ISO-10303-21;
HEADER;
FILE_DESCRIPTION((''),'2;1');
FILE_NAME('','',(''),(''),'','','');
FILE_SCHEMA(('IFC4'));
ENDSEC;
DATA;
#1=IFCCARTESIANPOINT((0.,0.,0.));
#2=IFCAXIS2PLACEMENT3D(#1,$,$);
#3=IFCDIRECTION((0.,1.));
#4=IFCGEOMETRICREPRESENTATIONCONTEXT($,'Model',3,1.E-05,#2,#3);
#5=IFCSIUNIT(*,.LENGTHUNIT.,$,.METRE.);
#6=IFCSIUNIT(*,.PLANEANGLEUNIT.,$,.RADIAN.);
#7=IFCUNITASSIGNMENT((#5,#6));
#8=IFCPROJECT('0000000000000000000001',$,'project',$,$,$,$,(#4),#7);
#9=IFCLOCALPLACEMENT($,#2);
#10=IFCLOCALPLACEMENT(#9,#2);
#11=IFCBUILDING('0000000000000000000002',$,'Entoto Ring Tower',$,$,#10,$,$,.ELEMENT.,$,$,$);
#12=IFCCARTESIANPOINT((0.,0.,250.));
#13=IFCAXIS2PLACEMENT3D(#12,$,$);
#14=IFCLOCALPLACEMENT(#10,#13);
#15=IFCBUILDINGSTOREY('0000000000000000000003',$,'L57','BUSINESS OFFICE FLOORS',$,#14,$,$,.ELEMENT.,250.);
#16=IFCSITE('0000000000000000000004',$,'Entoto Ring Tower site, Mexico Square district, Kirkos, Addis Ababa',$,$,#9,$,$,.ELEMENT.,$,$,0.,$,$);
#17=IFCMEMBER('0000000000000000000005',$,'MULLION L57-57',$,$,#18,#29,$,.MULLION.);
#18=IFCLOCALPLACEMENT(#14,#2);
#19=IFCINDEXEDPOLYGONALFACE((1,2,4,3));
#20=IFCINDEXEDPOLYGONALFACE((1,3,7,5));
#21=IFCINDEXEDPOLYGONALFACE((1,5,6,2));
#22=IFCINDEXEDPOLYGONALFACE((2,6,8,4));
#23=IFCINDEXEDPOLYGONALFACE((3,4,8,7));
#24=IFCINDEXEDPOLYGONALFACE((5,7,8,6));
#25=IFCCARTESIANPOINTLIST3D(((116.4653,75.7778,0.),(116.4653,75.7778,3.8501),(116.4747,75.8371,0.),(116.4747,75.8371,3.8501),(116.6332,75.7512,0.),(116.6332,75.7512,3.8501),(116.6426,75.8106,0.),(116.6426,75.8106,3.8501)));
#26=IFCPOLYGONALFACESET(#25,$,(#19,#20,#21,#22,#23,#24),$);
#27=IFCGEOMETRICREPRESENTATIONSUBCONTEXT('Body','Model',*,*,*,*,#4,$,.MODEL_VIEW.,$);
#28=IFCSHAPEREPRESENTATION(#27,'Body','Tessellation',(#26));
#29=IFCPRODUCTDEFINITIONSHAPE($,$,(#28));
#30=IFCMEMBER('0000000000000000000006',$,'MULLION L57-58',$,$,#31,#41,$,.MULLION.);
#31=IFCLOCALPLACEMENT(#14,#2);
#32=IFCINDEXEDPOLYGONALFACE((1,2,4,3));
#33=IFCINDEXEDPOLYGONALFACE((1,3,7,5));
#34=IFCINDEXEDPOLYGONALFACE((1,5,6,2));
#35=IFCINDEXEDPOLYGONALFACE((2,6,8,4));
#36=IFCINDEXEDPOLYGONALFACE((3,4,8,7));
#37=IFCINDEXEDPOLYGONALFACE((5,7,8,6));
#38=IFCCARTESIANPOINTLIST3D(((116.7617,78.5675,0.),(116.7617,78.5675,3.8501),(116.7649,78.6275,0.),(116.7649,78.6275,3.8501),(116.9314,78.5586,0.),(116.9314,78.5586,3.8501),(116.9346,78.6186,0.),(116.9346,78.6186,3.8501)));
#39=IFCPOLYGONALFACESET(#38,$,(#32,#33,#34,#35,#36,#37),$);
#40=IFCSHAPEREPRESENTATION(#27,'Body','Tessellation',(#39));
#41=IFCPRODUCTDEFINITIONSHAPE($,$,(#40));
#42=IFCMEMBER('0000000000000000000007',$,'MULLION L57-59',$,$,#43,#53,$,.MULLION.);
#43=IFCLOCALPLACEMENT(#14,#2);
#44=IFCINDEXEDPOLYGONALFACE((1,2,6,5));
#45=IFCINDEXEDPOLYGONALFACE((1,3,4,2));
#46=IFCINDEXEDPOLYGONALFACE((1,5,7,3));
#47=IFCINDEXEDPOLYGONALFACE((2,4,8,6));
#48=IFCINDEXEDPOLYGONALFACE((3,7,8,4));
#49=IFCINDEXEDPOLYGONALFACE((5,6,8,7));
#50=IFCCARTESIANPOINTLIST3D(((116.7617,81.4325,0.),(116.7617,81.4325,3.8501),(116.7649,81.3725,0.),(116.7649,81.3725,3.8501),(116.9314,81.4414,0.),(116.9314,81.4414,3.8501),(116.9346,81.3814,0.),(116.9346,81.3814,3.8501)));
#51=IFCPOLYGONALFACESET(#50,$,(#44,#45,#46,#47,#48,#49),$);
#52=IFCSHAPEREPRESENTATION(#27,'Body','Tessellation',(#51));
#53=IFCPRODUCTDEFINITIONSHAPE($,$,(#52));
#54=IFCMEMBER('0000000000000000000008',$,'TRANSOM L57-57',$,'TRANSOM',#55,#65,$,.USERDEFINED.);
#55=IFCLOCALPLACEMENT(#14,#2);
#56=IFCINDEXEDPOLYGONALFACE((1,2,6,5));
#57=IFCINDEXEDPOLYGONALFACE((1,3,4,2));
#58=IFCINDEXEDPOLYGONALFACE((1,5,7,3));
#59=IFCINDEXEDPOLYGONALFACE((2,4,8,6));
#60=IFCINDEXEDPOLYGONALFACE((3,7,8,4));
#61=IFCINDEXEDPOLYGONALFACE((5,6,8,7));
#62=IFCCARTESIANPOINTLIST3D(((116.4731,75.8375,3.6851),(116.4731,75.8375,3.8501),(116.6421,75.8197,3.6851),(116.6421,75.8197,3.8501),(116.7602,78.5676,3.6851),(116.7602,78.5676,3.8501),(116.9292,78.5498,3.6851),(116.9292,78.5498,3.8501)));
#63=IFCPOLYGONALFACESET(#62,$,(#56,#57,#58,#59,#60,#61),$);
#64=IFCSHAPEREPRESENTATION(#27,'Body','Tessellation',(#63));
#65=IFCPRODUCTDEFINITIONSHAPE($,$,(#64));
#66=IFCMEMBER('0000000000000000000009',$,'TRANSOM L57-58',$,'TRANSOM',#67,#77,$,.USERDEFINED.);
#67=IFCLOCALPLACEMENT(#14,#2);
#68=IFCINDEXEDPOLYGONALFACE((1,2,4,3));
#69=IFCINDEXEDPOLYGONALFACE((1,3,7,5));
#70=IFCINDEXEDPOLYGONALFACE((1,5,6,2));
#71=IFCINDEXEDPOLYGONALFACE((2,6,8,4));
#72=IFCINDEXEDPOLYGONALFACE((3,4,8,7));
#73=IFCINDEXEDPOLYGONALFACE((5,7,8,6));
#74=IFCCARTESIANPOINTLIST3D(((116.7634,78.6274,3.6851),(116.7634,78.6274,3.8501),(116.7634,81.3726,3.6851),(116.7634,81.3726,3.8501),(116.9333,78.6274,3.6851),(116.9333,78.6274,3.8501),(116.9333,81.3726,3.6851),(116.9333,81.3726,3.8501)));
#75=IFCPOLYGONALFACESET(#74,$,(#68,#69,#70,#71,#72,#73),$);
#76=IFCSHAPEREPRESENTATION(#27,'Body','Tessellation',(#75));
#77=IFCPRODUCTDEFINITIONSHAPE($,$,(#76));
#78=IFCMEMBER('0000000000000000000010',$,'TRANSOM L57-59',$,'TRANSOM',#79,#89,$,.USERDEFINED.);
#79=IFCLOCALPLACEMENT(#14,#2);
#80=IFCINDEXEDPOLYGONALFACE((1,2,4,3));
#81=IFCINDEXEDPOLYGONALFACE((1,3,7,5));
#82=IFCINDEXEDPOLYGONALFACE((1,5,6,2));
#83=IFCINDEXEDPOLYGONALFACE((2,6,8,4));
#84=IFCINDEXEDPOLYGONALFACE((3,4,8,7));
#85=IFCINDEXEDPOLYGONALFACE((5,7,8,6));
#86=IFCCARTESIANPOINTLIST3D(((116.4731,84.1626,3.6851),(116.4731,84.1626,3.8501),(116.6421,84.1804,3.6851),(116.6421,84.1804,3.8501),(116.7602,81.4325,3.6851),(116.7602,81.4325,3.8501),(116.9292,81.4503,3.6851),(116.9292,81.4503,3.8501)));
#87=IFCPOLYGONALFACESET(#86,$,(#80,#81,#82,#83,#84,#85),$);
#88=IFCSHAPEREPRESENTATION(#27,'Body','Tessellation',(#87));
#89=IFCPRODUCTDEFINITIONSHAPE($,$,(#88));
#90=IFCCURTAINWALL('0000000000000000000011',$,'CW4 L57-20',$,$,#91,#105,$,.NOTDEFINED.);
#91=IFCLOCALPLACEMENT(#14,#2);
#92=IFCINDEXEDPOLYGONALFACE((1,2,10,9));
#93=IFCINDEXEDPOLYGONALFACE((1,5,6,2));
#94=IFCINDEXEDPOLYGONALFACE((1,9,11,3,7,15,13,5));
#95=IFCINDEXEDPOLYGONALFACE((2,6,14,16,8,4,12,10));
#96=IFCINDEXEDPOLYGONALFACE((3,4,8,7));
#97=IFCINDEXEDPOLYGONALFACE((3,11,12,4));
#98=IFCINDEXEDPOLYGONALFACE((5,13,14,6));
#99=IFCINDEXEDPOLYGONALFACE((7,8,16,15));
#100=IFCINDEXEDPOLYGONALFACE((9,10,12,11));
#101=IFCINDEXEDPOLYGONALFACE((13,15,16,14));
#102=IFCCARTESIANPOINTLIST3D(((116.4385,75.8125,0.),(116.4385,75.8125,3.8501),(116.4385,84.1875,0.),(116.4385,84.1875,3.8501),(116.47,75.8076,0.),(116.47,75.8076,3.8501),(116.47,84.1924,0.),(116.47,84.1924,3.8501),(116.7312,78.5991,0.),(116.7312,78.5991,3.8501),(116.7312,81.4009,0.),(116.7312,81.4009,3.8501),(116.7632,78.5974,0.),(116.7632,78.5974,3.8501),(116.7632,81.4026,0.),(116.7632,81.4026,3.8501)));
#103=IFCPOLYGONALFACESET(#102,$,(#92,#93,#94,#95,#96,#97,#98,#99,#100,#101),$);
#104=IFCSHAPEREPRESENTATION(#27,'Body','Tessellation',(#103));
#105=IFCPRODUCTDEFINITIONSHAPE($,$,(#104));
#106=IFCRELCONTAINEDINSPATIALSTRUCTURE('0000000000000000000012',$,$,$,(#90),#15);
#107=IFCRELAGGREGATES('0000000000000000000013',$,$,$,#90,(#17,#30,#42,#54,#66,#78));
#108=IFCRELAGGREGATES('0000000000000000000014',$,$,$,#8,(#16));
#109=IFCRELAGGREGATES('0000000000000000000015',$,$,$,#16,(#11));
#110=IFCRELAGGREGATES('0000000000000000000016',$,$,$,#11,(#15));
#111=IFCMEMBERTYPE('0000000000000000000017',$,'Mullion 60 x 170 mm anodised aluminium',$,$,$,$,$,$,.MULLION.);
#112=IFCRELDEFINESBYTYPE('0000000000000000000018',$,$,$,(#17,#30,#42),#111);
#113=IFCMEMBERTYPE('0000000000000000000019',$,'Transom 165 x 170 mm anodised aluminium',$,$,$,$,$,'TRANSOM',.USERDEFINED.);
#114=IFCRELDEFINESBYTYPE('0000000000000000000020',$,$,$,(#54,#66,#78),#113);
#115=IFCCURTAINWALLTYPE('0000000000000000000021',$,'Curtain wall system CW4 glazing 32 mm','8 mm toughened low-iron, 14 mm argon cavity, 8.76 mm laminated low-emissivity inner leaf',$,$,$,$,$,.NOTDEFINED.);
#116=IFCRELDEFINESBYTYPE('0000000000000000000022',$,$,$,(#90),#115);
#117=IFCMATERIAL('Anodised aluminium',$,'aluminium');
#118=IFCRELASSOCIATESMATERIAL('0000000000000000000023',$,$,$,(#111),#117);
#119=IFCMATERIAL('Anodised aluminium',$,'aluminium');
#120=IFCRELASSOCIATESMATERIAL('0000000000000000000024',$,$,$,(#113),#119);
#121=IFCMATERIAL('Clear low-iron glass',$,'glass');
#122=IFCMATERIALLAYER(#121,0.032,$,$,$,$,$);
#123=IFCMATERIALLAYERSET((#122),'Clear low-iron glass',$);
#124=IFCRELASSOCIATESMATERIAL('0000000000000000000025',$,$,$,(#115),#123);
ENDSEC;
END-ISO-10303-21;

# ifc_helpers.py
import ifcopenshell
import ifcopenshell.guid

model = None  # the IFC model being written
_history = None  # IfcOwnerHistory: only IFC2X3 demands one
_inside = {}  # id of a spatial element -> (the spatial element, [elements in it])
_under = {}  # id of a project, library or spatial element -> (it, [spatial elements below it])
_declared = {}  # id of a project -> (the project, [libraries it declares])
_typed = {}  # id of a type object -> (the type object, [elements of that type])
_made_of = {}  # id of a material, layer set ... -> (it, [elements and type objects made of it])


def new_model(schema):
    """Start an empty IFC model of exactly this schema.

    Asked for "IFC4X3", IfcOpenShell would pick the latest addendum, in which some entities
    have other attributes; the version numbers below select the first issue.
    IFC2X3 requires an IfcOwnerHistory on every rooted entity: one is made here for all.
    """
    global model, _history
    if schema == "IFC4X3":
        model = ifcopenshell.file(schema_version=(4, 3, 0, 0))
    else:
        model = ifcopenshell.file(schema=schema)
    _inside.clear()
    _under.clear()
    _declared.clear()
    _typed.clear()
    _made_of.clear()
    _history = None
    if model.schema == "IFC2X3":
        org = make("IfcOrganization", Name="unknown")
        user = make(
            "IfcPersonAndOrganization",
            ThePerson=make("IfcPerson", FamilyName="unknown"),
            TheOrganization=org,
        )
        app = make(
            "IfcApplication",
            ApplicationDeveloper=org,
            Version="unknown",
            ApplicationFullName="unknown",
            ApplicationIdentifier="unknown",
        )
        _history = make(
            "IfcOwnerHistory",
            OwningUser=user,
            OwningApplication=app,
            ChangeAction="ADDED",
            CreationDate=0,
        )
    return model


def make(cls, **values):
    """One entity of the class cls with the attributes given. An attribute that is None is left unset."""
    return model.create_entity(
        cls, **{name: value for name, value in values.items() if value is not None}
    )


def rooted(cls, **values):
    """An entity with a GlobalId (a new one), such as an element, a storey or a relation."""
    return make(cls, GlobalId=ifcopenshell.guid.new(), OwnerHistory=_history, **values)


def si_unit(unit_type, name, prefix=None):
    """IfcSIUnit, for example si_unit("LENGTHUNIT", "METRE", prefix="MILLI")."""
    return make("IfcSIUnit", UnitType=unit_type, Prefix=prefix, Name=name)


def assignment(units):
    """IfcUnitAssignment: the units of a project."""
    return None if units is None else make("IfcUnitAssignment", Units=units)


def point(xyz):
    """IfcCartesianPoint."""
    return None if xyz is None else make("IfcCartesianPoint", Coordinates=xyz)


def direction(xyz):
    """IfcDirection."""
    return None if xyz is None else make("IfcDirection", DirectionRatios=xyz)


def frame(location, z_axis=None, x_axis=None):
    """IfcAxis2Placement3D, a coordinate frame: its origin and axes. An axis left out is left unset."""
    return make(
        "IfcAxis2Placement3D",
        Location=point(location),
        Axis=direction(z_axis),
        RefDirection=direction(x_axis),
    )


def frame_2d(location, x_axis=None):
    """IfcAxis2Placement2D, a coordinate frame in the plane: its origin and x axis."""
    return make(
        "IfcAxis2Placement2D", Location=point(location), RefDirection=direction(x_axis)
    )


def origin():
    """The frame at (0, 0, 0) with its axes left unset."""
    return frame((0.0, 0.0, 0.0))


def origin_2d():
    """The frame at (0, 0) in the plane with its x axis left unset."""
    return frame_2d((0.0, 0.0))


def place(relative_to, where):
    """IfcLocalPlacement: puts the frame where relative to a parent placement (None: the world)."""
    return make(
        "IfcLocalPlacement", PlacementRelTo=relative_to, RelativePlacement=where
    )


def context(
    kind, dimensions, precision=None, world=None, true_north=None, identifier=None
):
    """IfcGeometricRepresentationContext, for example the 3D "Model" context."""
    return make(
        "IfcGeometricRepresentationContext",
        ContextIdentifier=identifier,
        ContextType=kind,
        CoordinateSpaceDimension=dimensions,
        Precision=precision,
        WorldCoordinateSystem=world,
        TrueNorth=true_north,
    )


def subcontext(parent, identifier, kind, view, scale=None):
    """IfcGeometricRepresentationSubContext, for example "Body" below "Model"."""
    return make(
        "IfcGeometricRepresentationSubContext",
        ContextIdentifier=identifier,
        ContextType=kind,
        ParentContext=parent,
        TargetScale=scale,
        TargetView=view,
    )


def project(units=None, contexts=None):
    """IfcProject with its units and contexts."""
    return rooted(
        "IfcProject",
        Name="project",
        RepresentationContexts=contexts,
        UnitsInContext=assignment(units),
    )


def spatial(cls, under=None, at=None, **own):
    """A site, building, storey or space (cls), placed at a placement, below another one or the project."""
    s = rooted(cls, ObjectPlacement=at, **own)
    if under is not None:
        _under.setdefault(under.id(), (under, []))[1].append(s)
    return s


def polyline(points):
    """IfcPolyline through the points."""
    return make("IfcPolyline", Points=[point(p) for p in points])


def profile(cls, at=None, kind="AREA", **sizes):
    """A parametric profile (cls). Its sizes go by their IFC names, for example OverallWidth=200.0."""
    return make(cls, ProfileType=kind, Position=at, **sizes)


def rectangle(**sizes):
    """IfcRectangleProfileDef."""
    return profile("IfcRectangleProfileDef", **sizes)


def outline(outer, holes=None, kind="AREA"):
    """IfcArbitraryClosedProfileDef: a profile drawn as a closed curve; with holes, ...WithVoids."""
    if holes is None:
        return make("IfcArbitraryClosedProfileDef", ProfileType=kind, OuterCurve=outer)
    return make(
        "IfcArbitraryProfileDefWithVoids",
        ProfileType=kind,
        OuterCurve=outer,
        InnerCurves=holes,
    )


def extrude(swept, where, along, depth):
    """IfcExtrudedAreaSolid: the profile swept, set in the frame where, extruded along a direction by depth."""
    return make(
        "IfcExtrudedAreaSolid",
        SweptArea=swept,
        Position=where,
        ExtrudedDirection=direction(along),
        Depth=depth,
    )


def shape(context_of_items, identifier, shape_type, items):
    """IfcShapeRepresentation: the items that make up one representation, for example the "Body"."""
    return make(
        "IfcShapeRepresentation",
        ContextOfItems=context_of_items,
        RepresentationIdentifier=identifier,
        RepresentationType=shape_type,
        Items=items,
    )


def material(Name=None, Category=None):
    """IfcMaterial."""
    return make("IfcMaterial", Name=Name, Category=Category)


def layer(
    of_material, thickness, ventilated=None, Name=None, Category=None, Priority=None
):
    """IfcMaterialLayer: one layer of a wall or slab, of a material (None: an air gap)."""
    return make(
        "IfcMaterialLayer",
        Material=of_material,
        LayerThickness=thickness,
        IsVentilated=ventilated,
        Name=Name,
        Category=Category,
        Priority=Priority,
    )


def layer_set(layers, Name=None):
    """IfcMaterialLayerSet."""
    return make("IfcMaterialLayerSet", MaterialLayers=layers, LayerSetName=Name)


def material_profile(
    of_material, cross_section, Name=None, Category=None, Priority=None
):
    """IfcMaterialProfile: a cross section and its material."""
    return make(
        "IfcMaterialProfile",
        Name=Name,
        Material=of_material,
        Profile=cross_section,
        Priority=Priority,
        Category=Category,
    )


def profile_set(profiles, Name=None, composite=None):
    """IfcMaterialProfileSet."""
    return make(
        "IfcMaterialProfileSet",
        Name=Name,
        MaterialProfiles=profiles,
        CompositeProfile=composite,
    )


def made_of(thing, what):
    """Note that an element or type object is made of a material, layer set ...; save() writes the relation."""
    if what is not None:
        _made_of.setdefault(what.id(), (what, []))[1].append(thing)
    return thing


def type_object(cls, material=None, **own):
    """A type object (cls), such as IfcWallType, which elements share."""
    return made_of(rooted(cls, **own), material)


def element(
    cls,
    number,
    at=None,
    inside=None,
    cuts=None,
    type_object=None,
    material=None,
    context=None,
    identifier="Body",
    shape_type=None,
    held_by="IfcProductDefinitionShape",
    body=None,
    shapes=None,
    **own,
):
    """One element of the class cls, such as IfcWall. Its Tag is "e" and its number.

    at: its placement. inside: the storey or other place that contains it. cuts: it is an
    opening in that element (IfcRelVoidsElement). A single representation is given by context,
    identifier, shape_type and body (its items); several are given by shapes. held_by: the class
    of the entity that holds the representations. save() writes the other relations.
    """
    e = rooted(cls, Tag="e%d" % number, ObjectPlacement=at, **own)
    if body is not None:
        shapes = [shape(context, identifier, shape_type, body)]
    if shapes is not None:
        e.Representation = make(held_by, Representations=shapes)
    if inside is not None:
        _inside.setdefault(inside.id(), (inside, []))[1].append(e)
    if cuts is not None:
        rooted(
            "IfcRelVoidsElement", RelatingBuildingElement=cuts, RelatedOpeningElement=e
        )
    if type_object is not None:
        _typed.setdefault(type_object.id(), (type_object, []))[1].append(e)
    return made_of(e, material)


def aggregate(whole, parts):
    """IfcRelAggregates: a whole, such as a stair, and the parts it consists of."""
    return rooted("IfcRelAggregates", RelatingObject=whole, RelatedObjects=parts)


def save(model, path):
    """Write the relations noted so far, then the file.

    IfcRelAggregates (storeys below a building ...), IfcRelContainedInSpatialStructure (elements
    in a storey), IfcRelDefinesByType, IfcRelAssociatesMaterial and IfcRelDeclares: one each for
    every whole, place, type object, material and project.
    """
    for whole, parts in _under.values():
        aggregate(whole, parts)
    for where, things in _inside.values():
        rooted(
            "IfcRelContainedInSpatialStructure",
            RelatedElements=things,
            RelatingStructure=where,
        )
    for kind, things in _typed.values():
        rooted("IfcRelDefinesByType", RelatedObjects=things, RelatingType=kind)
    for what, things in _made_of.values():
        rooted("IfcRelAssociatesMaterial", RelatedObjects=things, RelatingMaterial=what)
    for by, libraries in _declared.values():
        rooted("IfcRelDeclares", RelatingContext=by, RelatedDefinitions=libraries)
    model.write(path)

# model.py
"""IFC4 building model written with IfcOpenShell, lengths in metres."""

from ifc_helpers import new_model, si_unit, direction, frame, origin, origin_2d, place, context, subcontext, project, spatial, polyline, rectangle, outline, extrude, material, layer, layer_set, material_profile, profile_set, type_object, element, aggregate, save


model = new_model("IFC4")

# Units and contexts
model_context = context("Model", 3, precision=1e-05, world=origin(), true_north=direction((0.0, 1.0)))
body_context = subcontext(model_context, "Body", "Model", "MODEL_VIEW")
ifc_project = project(units=[si_unit("LENGTHUNIT", "METRE"), si_unit("PLANEANGLEUNIT", "RADIAN")], contexts=[model_context])

# Members
ifc_material_1 = material(Name="Anodised aluminium", Category="aluminium")
ifc_material_profile_1 = material_profile(ifc_material_1, rectangle(XDim=0.0601, YDim=0.1699, at=origin_2d()), Name="Mullion 60 x 170 mm anodised aluminium")
ifc_profile_set_1 = profile_set([ifc_material_profile_1], Name="Anodised aluminium")
member_type_1 = type_object("IfcMemberType", Name="Mullion 60 x 170 mm anodised aluminium", PredefinedType="MULLION", material=ifc_profile_set_1)
site_placement = place(None, origin())
building_placement = place(site_placement, origin())
storey_placement = place(building_placement, frame((0.0, 0.0, 250.0)))
member_1_placement = place(storey_placement, frame((116.554, 75.7942, 0.0), z_axis=(0.0, 0.0, 1.0), x_axis=(0.156434, 0.987688, 0.0)))
member_1 = element("IfcMember", 1, at=member_1_placement, type_object=member_type_1, Name="MULLION L57-57", PredefinedType="MULLION", context=body_context, shape_type="SweptSolid", body=[
    extrude(rectangle(XDim=0.0601, YDim=0.1699, at=origin_2d()), origin(), (0.0, 0.0, 1.0), 3.8501),
])
member_2_placement = place(storey_placement, frame((116.8481, 78.593, 0.0), z_axis=(0.0, 0.0, 1.0), x_axis=(0.052336, 0.99863, 0.0)))
member_2 = element("IfcMember", 2, at=member_2_placement, type_object=member_type_1, Name="MULLION L57-58", PredefinedType="MULLION", context=body_context, shape_type="SweptSolid", body=[
    extrude(rectangle(XDim=0.0601, YDim=0.1699, at=origin_2d()), origin(), (0.0, 0.0, 1.0), 3.8501),
])
member_3_placement = place(storey_placement, frame((116.8481, 81.407, 0.0), z_axis=(0.0, 0.0, 1.0), x_axis=(-0.052336, 0.99863, 0.0)))
member_3 = element("IfcMember", 3, at=member_3_placement, type_object=member_type_1, Name="MULLION L57-59", PredefinedType="MULLION", context=body_context, shape_type="SweptSolid", body=[
    extrude(rectangle(XDim=0.0601, YDim=0.1699, at=origin_2d()), origin(), (0.0, 0.0, 1.0), 3.8501),
])
ifc_material_2 = material(Name="Anodised aluminium", Category="aluminium")
ifc_material_profile_2 = material_profile(ifc_material_2, rectangle(XDim=0.1699, YDim=0.165, at=origin_2d()), Name="Transom 165 x 170 mm anodised aluminium")
ifc_profile_set_2 = profile_set([ifc_material_profile_2], Name="Anodised aluminium")
member_type_2 = type_object("IfcMemberType", Name="Transom 165 x 170 mm anodised aluminium", ElementType="TRANSOM", PredefinedType="USERDEFINED", material=ifc_profile_set_2)
member_4_placement = place(storey_placement, frame((116.5576, 75.8286, 3.7676), z_axis=(0.104592, 0.994515, 0.0), x_axis=(-0.994515, 0.104592, 0.0)))
member_4 = element("IfcMember", 4, at=member_4_placement, type_object=member_type_2, Name="TRANSOM L57-57", ObjectType="TRANSOM", PredefinedType="USERDEFINED", context=body_context, shape_type="SweptSolid", body=[
    extrude(rectangle(XDim=0.1699, YDim=0.165, at=origin_2d()), origin(), (0.0, 0.0, 1.0), 2.7451),
])
member_5_placement = place(storey_placement, frame((116.8484, 78.6274, 3.7676), z_axis=(0.0, 1.0, 0.0), x_axis=(-1.0, 0.0, 0.0)))
member_5 = element("IfcMember", 5, at=member_5_placement, type_object=member_type_2, Name="TRANSOM L57-58", ObjectType="TRANSOM", PredefinedType="USERDEFINED", context=body_context, shape_type="SweptSolid", body=[
    extrude(rectangle(XDim=0.1699, YDim=0.165, at=origin_2d()), origin(), (0.0, 0.0, 1.0), 2.7451),
])
member_6_placement = place(storey_placement, frame((116.8447, 81.4414, 3.7676), z_axis=(-0.104592, 0.994515, 0.0), x_axis=(-0.994515, -0.104592, 0.0)))
member_6 = element("IfcMember", 6, at=member_6_placement, type_object=member_type_2, Name="TRANSOM L57-59", ObjectType="TRANSOM", PredefinedType="USERDEFINED", context=body_context, shape_type="SweptSolid", body=[
    extrude(rectangle(XDim=0.1699, YDim=0.165, at=origin_2d()), origin(), (0.0, 0.0, 1.0), 2.7451),
])

# Site, building, storey
site = spatial("IfcSite", under=ifc_project, at=site_placement, Name="Entoto Ring Tower site, Mexico Square district, Kirkos, Addis Ababa", CompositionType="ELEMENT", RefElevation=0.0)
building = spatial("IfcBuilding", under=site, at=building_placement, Name="Entoto Ring Tower", CompositionType="ELEMENT")
storey = spatial("IfcBuildingStorey", under=building, at=storey_placement, Name="L57", Description="BUSINESS OFFICE FLOORS", CompositionType="ELEMENT", Elevation=250.0)

# Curtain wall
ifc_material_3 = material(Name="Clear low-iron glass", Category="glass")
ifc_layer = layer(ifc_material_3, 0.032)
ifc_layer_set = layer_set([ifc_layer], Name="Clear low-iron glass")
curtain_wall_type = type_object("IfcCurtainWallType", Name="Curtain wall system CW4 glazing 32 mm", Description="8 mm toughened low-iron, 14 mm argon cavity, 8.76 mm laminated low-emissivity inner leaf", PredefinedType="NOTDEFINED", material=ifc_layer_set)
curtain_wall_1_placement = place(storey_placement, origin())
curtain_wall_1 = element("IfcCurtainWall", 7, at=curtain_wall_1_placement, inside=storey, type_object=curtain_wall_type, Name="CW4 L57-20", PredefinedType="NOTDEFINED", context=body_context, shape_type="SweptSolid", body=[
    extrude(outline(polyline([(116.47, 75.8076), (116.7632, 78.5974), (116.7632, 81.4026), (116.47, 84.1924), (116.4385, 84.1875), (116.7312, 81.4009), (116.7312, 78.5991), (116.4385, 75.8125), (116.47, 75.8076)])), origin(), (0.0, 0.0, 1.0), 3.8501),
])
aggregate(curtain_wall_1, [member_1, member_2, member_3, member_4, member_5, member_6])

save(model, "model.ifc")
